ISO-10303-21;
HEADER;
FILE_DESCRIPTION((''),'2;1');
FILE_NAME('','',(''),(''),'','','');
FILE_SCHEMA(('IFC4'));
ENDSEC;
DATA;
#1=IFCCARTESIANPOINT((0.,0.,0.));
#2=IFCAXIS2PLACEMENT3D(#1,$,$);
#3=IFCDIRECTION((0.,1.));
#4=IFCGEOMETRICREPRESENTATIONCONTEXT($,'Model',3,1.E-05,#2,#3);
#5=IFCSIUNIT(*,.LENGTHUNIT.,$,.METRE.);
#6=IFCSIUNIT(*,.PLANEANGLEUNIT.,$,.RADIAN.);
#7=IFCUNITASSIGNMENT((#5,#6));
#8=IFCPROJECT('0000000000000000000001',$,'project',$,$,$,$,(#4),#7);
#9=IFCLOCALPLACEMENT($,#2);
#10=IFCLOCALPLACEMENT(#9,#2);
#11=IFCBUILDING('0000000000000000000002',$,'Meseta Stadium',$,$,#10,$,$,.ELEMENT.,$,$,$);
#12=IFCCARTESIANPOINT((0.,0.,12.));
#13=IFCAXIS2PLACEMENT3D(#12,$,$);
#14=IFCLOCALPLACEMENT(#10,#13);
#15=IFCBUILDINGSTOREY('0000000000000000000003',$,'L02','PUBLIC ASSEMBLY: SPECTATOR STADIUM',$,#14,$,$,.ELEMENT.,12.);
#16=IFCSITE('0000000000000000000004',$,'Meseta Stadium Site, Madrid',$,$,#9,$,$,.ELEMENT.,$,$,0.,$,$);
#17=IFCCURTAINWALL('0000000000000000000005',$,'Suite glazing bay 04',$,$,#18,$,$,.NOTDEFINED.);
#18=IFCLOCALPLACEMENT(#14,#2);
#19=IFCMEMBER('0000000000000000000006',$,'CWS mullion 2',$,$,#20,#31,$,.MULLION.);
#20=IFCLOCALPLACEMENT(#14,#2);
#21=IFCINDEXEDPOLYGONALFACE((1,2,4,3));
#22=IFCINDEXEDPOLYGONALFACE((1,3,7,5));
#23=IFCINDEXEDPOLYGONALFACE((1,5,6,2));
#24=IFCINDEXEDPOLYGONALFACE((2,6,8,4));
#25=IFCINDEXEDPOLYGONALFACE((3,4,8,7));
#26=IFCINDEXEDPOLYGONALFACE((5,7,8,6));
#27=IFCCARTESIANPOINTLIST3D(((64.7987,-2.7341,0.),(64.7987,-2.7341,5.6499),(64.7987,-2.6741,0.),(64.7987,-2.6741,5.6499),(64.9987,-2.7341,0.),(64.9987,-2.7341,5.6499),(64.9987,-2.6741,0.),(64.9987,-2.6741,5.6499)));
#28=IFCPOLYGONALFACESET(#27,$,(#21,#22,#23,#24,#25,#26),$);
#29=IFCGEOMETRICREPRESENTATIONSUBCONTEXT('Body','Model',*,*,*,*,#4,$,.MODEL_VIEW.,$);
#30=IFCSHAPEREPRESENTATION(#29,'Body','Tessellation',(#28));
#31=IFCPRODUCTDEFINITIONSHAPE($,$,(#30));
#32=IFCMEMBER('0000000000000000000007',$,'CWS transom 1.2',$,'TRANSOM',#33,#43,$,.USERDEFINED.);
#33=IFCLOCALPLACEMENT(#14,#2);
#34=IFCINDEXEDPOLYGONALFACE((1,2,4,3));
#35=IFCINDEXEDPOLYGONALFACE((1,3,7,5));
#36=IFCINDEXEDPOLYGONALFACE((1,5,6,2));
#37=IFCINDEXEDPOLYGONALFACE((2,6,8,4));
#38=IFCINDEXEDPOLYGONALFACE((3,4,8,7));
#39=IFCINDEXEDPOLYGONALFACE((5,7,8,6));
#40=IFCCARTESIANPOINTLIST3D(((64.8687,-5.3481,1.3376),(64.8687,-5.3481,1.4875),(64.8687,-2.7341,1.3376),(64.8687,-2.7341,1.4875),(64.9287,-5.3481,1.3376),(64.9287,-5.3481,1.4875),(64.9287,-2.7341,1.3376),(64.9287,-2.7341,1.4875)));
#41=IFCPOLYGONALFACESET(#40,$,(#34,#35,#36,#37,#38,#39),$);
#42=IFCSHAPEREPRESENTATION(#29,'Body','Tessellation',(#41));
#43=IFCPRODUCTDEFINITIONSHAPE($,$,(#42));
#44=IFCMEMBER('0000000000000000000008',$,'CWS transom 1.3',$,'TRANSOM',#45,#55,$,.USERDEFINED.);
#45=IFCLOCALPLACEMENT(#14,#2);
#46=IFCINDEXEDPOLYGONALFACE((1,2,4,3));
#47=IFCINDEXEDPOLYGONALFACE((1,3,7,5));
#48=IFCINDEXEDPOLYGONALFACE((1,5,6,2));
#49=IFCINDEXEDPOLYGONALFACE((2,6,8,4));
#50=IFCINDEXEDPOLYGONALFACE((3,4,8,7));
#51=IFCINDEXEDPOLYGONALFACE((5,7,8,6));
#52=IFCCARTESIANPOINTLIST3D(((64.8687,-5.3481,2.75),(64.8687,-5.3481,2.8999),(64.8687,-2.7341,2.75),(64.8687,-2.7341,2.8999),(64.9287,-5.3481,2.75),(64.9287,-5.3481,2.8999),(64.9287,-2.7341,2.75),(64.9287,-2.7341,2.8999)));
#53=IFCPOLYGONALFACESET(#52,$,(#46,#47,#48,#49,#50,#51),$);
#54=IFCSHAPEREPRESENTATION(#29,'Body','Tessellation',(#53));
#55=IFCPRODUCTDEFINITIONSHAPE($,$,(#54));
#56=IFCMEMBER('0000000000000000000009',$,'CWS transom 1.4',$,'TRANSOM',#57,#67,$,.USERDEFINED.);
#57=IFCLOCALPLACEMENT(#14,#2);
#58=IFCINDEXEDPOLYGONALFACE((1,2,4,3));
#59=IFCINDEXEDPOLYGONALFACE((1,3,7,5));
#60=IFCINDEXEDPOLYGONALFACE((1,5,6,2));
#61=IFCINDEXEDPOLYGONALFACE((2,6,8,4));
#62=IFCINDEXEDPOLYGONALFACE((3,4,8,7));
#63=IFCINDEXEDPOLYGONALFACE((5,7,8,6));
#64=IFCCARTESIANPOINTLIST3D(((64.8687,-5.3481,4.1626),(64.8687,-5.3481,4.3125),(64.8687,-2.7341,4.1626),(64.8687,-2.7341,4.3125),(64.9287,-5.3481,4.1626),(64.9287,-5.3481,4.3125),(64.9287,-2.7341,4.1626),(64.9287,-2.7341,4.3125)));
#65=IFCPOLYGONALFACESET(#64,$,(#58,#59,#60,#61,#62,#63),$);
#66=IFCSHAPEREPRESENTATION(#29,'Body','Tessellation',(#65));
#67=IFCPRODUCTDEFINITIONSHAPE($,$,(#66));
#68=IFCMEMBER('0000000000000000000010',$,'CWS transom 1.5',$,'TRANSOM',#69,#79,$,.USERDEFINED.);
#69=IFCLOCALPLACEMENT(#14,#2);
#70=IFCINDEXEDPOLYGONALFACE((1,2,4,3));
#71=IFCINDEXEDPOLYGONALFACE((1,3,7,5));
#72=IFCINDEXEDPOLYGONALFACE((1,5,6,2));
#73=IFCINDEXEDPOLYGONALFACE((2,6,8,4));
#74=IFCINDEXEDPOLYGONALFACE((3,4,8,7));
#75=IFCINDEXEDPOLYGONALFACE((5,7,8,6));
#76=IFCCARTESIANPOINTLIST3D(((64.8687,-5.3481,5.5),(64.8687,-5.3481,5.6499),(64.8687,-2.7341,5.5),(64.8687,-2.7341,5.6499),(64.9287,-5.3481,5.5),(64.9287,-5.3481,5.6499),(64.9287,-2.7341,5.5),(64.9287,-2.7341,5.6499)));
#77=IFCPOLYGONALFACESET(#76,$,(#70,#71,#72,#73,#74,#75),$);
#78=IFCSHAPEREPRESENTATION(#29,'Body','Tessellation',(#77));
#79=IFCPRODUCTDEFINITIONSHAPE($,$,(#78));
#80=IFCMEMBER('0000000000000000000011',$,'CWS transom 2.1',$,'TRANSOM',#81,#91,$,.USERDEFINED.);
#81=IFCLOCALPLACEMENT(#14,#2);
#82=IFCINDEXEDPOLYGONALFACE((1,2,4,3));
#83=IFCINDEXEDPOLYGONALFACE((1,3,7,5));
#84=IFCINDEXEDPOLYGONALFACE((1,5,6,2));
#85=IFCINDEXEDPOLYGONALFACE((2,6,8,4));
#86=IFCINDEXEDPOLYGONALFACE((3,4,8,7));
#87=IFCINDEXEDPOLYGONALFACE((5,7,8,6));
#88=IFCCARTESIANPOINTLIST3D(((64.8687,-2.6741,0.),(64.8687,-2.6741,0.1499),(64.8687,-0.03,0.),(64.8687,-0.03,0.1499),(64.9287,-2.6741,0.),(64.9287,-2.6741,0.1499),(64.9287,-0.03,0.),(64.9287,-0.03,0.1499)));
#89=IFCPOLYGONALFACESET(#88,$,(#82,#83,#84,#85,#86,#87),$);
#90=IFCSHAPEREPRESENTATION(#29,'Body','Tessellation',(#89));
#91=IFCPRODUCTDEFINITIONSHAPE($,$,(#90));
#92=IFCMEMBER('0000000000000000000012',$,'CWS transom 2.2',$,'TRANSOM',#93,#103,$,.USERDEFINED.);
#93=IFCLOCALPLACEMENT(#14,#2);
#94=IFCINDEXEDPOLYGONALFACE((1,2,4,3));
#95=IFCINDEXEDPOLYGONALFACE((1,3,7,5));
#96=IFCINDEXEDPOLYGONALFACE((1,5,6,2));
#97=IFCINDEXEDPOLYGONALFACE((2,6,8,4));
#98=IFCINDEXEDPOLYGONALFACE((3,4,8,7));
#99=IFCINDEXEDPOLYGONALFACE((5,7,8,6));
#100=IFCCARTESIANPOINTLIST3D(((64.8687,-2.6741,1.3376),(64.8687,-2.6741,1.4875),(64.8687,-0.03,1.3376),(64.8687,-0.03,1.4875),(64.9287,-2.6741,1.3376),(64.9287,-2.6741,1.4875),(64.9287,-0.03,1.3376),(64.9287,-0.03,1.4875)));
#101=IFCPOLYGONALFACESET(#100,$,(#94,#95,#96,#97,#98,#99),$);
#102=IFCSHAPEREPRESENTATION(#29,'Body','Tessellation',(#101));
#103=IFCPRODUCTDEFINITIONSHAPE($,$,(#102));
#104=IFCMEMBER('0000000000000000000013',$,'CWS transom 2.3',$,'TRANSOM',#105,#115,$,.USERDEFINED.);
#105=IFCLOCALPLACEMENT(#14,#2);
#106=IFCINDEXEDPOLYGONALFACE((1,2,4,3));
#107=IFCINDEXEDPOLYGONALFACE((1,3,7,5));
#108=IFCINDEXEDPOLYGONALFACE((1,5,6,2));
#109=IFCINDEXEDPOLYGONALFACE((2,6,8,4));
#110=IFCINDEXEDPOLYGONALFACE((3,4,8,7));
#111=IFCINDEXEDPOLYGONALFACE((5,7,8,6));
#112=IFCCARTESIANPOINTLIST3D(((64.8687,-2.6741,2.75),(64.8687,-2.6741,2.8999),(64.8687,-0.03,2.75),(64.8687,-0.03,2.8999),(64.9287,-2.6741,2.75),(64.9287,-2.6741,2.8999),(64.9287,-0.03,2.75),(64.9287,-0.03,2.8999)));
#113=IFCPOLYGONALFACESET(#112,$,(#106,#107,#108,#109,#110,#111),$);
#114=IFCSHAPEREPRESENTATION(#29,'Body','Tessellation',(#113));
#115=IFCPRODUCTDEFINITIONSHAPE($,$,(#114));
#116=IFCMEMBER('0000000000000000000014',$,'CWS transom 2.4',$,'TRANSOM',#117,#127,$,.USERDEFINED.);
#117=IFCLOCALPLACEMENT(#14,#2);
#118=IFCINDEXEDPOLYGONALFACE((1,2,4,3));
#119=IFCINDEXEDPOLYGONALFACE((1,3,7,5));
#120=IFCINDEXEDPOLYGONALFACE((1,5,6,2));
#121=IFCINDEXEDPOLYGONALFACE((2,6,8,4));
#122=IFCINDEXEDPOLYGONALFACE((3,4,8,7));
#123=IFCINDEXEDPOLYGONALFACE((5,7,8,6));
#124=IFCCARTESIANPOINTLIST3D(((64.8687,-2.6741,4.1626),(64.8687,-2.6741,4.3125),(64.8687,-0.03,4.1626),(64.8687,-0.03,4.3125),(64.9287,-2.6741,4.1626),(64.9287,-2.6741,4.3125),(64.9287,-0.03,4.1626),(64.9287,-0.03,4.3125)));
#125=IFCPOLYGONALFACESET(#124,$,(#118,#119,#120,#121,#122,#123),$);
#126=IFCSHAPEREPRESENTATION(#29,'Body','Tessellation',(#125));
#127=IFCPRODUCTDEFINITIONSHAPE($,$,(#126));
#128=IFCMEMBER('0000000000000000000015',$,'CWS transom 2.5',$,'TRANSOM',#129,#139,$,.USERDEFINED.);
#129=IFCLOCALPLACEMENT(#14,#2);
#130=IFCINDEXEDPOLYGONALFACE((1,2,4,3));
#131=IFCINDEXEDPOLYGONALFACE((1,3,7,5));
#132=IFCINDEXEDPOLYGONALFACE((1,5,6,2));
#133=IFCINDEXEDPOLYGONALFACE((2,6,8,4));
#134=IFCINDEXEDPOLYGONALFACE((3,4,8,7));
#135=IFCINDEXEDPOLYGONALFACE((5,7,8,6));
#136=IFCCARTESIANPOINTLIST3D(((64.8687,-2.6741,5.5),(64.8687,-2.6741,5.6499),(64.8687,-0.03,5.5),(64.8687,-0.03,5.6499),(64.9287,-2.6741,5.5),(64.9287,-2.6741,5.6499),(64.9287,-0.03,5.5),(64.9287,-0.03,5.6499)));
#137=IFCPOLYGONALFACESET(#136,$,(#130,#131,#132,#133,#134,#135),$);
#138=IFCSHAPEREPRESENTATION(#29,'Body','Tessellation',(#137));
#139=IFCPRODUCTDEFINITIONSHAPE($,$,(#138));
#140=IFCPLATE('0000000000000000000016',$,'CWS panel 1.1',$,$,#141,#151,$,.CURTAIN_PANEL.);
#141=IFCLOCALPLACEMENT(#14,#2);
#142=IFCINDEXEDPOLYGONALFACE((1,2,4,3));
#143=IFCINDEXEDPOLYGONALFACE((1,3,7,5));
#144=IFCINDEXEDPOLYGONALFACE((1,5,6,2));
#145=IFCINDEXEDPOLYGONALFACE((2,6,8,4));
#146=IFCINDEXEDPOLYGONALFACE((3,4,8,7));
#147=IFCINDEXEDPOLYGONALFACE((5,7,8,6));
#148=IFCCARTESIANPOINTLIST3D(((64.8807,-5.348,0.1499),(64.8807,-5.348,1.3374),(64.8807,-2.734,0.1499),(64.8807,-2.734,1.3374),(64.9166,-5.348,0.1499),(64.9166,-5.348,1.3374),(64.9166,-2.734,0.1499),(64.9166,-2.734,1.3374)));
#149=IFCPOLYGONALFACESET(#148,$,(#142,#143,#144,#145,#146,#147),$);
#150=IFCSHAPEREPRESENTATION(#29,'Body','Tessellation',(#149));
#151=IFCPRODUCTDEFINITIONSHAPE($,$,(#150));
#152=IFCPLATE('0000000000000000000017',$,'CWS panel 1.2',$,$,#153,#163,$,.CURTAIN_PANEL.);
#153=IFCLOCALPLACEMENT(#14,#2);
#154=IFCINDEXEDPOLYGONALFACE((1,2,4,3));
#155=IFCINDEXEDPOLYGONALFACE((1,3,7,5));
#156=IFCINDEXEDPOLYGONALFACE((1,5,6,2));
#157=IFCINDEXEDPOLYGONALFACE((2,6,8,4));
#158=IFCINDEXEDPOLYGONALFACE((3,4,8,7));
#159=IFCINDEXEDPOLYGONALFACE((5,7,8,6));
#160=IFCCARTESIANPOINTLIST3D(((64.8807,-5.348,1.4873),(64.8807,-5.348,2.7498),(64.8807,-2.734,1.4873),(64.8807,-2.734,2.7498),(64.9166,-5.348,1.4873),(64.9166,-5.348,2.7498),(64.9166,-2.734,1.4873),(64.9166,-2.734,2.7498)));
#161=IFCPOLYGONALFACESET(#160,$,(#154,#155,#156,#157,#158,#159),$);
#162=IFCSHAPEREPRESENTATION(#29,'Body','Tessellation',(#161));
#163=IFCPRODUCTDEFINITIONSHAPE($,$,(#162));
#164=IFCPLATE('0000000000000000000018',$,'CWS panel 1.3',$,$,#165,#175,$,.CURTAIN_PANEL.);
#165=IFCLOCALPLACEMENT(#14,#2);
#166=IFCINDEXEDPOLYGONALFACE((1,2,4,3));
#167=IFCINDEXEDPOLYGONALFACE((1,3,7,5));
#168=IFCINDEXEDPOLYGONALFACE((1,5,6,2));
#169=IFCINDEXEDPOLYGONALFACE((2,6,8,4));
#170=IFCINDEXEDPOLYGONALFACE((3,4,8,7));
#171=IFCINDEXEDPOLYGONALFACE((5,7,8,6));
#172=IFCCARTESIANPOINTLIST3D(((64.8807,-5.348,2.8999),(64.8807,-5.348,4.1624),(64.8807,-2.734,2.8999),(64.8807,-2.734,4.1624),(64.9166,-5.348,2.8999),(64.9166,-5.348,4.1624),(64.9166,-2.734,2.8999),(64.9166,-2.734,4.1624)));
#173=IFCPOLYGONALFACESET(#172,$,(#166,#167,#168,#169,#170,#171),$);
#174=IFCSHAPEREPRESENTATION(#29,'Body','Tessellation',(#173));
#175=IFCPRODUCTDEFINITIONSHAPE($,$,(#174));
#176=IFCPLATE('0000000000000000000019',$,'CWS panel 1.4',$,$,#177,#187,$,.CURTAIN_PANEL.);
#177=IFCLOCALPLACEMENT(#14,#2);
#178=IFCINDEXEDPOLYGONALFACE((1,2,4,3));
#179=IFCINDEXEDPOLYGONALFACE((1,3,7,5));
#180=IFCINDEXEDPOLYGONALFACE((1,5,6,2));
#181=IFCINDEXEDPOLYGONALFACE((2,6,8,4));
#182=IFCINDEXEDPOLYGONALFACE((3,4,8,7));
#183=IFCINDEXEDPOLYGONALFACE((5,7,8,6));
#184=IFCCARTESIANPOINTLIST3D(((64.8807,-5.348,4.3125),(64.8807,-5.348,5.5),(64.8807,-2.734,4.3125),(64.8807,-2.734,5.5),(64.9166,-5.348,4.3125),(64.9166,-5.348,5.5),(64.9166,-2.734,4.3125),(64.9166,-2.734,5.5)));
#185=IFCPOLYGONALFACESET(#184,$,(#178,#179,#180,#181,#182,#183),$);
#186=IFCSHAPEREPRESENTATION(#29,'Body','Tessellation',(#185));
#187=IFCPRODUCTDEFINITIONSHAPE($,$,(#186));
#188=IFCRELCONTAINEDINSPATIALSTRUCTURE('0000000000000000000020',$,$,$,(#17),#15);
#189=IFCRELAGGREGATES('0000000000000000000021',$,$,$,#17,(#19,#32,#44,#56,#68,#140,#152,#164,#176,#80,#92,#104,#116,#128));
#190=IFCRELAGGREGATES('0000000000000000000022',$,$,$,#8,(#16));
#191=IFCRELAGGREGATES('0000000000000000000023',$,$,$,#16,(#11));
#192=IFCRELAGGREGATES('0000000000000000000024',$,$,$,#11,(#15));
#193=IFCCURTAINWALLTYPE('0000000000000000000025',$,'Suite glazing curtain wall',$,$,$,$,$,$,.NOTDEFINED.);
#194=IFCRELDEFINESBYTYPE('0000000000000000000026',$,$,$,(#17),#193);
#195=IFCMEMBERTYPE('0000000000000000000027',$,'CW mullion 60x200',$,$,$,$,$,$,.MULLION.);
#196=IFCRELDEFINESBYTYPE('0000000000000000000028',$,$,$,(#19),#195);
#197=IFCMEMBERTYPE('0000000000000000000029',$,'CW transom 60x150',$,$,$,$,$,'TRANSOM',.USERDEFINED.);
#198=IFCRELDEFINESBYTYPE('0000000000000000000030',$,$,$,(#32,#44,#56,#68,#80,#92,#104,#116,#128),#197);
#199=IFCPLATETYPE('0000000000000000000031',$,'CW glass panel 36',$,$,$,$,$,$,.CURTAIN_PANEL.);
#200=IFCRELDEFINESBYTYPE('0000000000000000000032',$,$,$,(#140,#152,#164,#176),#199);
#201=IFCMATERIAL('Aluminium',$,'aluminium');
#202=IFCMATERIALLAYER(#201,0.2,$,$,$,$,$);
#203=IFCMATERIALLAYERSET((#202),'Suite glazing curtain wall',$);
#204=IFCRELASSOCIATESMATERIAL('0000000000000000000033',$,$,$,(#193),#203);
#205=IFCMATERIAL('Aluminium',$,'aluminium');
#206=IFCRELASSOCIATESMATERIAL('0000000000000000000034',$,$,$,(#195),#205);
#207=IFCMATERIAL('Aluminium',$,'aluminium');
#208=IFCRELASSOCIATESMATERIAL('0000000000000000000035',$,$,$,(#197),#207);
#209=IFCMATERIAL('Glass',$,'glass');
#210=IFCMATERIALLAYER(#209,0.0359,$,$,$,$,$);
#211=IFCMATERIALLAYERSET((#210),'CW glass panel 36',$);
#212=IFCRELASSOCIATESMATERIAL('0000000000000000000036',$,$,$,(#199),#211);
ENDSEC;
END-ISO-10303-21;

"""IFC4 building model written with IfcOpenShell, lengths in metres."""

from ifc_helpers import new_model, si_unit, direction, frame, origin, origin_2d, place, context, subcontext, project, spatial, rectangle, extrude, material, layer, layer_set, material_profile, profile_set, type_object, element, aggregate, save


model = new_model("IFC4")

# Units and contexts
model_context = context("Model", 3, precision=1e-05, world=origin(), true_north=direction((0.0, 1.0)))
body_context = subcontext(model_context, "Body", "Model", "MODEL_VIEW")
ifc_project = project(units=[si_unit("LENGTHUNIT", "METRE"), si_unit("PLANEANGLEUNIT", "RADIAN")], contexts=[model_context])

# Site, building, storey
site_placement = place(None, origin())
site = spatial("IfcSite", under=ifc_project, at=site_placement, Name="Meseta Stadium Site, Madrid", CompositionType="ELEMENT", RefElevation=0.0)
building_placement = place(site_placement, origin())
building = spatial("IfcBuilding", under=site, at=building_placement, Name="Meseta Stadium", CompositionType="ELEMENT")
storey_placement = place(building_placement, frame((0.0, 0.0, 12.0)))
storey = spatial("IfcBuildingStorey", under=building, at=storey_placement, Name="L02", Description="PUBLIC ASSEMBLY: SPECTATOR STADIUM", CompositionType="ELEMENT", Elevation=12.0)

# Curtain wall, members, plates
ifc_material_1 = material(Name="Aluminium", Category="aluminium")
ifc_layer_1 = layer(ifc_material_1, 0.2)
ifc_layer_set_1 = layer_set([ifc_layer_1], Name="Suite glazing curtain wall")
curtain_wall_type = type_object("IfcCurtainWallType", Name="Suite glazing curtain wall", PredefinedType="NOTDEFINED", material=ifc_layer_set_1)
curtain_wall_placement = place(storey_placement, origin())
curtain_wall = element("IfcCurtainWall", 1, at=curtain_wall_placement, inside=storey, type_object=curtain_wall_type, Name="Suite glazing bay 04", PredefinedType="NOTDEFINED")
ifc_material_2 = material(Name="Aluminium", Category="aluminium")
ifc_material_profile_1 = material_profile(ifc_material_2, rectangle(XDim=0.2, YDim=0.0601, at=origin_2d()), Name="CW 200x60")
ifc_profile_set_1 = profile_set([ifc_material_profile_1], Name="Aluminium")
member_type_1 = type_object("IfcMemberType", Name="CW mullion 60x200", PredefinedType="MULLION", material=ifc_profile_set_1)
member_1_placement = place(storey_placement, frame((64.8987, -2.7041, 0.0), z_axis=(0.0, 0.0, 1.0), x_axis=(-1.0, 0.0, 0.0)))
member_1 = element("IfcMember", 2, at=member_1_placement, type_object=member_type_1, Name="CWS mullion 2", PredefinedType="MULLION", context=body_context, shape_type="SweptSolid", body=[
    extrude(rectangle(XDim=0.2, YDim=0.0601, at=origin_2d()), origin(), (0.0, 0.0, 1.0), 5.6499),
])
ifc_material_3 = material(Name="Aluminium", Category="aluminium")
ifc_material_profile_2 = material_profile(ifc_material_3, rectangle(XDim=0.0601, YDim=0.1499, at=origin_2d()), Name="CW 60x150")
ifc_profile_set_2 = profile_set([ifc_material_profile_2], Name="Aluminium")
member_type_2 = type_object("IfcMemberType", Name="CW transom 60x150", ElementType="TRANSOM", PredefinedType="USERDEFINED", material=ifc_profile_set_2)
member_2_placement = place(storey_placement, frame((64.8987, -5.3481, 1.4126), z_axis=(0.0, 1.0, 0.0), x_axis=(-1.0, 0.0, 0.0)))
member_2 = element("IfcMember", 3, at=member_2_placement, type_object=member_type_2, Name="CWS transom 1.2", ObjectType="TRANSOM", PredefinedType="USERDEFINED", context=body_context, shape_type="SweptSolid", body=[
    extrude(rectangle(XDim=0.0601, YDim=0.1499, at=origin_2d()), origin(), (0.0, 0.0, 1.0), 2.614),
])
member_3_placement = place(storey_placement, frame((64.8987, -5.3481, 2.825), z_axis=(0.0, 1.0, 0.0), x_axis=(-1.0, 0.0, 0.0)))
member_3 = element("IfcMember", 4, at=member_3_placement, type_object=member_type_2, Name="CWS transom 1.3", ObjectType="TRANSOM", PredefinedType="USERDEFINED", context=body_context, shape_type="SweptSolid", body=[
    extrude(rectangle(XDim=0.0601, YDim=0.1499, at=origin_2d()), origin(), (0.0, 0.0, 1.0), 2.614),
])
member_4_placement = place(storey_placement, frame((64.8987, -5.3481, 4.2375), z_axis=(0.0, 1.0, 0.0), x_axis=(-1.0, 0.0, 0.0)))
member_4 = element("IfcMember", 5, at=member_4_placement, type_object=member_type_2, Name="CWS transom 1.4", ObjectType="TRANSOM", PredefinedType="USERDEFINED", context=body_context, shape_type="SweptSolid", body=[
    extrude(rectangle(XDim=0.0601, YDim=0.1499, at=origin_2d()), origin(), (0.0, 0.0, 1.0), 2.614),
])
member_5_placement = place(storey_placement, frame((64.8987, -5.3481, 5.575), z_axis=(0.0, 1.0, 0.0), x_axis=(-1.0, 0.0, 0.0)))
member_5 = element("IfcMember", 6, at=member_5_placement, type_object=member_type_2, Name="CWS transom 1.5", ObjectType="TRANSOM", PredefinedType="USERDEFINED", context=body_context, shape_type="SweptSolid", body=[
    extrude(rectangle(XDim=0.0601, YDim=0.1499, at=origin_2d()), origin(), (0.0, 0.0, 1.0), 2.614),
])
member_6_placement = place(storey_placement, frame((64.8987, -2.6741, 0.075), z_axis=(0.0, 1.0, 0.0), x_axis=(-1.0, 0.0, 0.0)))
member_6 = element("IfcMember", 7, at=member_6_placement, type_object=member_type_2, Name="CWS transom 2.1", ObjectType="TRANSOM", PredefinedType="USERDEFINED", context=body_context, shape_type="SweptSolid", body=[
    extrude(rectangle(XDim=0.0601, YDim=0.1499, at=origin_2d()), origin(), (0.0, 0.0, 1.0), 2.644),
])
member_7_placement = place(storey_placement, frame((64.8987, -2.6741, 1.4126), z_axis=(0.0, 1.0, 0.0), x_axis=(-1.0, 0.0, 0.0)))
member_7 = element("IfcMember", 8, at=member_7_placement, type_object=member_type_2, Name="CWS transom 2.2", ObjectType="TRANSOM", PredefinedType="USERDEFINED", context=body_context, shape_type="SweptSolid", body=[
    extrude(rectangle(XDim=0.0601, YDim=0.1499, at=origin_2d()), origin(), (0.0, 0.0, 1.0), 2.644),
])
member_8_placement = place(storey_placement, frame((64.8987, -2.6741, 2.825), z_axis=(0.0, 1.0, 0.0), x_axis=(-1.0, 0.0, 0.0)))
member_8 = element("IfcMember", 9, at=member_8_placement, type_object=member_type_2, Name="CWS transom 2.3", ObjectType="TRANSOM", PredefinedType="USERDEFINED", context=body_context, shape_type="SweptSolid", body=[
    extrude(rectangle(XDim=0.0601, YDim=0.1499, at=origin_2d()), origin(), (0.0, 0.0, 1.0), 2.644),
])
member_9_placement = place(storey_placement, frame((64.8987, -2.6741, 4.2375), z_axis=(0.0, 1.0, 0.0), x_axis=(-1.0, 0.0, 0.0)))
member_9 = element("IfcMember", 10, at=member_9_placement, type_object=member_type_2, Name="CWS transom 2.4", ObjectType="TRANSOM", PredefinedType="USERDEFINED", context=body_context, shape_type="SweptSolid", body=[
    extrude(rectangle(XDim=0.0601, YDim=0.1499, at=origin_2d()), origin(), (0.0, 0.0, 1.0), 2.644),
])
member_10_placement = place(storey_placement, frame((64.8987, -2.6741, 5.575), z_axis=(0.0, 1.0, 0.0), x_axis=(-1.0, 0.0, 0.0)))
member_10 = element("IfcMember", 11, at=member_10_placement, type_object=member_type_2, Name="CWS transom 2.5", ObjectType="TRANSOM", PredefinedType="USERDEFINED", context=body_context, shape_type="SweptSolid", body=[
    extrude(rectangle(XDim=0.0601, YDim=0.1499, at=origin_2d()), origin(), (0.0, 0.0, 1.0), 2.644),
])
ifc_material_4 = material(Name="Glass", Category="glass")
ifc_layer_2 = layer(ifc_material_4, 0.0359)
ifc_layer_set_2 = layer_set([ifc_layer_2], Name="CW glass panel 36")
plate_type = type_object("IfcPlateType", Name="CW glass panel 36", PredefinedType="CURTAIN_PANEL", material=ifc_layer_set_2)
plate_1_placement = place(storey_placement, frame((64.8987, -4.041, 0.1499), z_axis=(0.0, 0.0, 1.0), x_axis=(0.0, 1.0, 0.0)))
plate_1 = element("IfcPlate", 12, at=plate_1_placement, type_object=plate_type, Name="CWS panel 1.1", PredefinedType="CURTAIN_PANEL", context=body_context, shape_type="SweptSolid", body=[
    extrude(rectangle(XDim=2.614, YDim=0.0359, at=origin_2d()), origin(), (0.0, 0.0, 1.0), 1.1875),
])
plate_2_placement = place(storey_placement, frame((64.8987, -4.041, 1.4873), z_axis=(0.0, 0.0, 1.0), x_axis=(0.0, 1.0, 0.0)))
plate_2 = element("IfcPlate", 13, at=plate_2_placement, type_object=plate_type, Name="CWS panel 1.2", PredefinedType="CURTAIN_PANEL", context=body_context, shape_type="SweptSolid", body=[
    extrude(rectangle(XDim=2.614, YDim=0.0359, at=origin_2d()), origin(), (0.0, 0.0, 1.0), 1.2625),
])
plate_3_placement = place(storey_placement, frame((64.8987, -4.041, 2.8999), z_axis=(0.0, 0.0, 1.0), x_axis=(0.0, 1.0, 0.0)))
plate_3 = element("IfcPlate", 14, at=plate_3_placement, type_object=plate_type, Name="CWS panel 1.3", PredefinedType="CURTAIN_PANEL", context=body_context, shape_type="SweptSolid", body=[
    extrude(rectangle(XDim=2.614, YDim=0.0359, at=origin_2d()), origin(), (0.0, 0.0, 1.0), 1.2625),
])
plate_4_placement = place(storey_placement, frame((64.8987, -4.041, 4.3125), z_axis=(0.0, 0.0, 1.0), x_axis=(0.0, 1.0, 0.0)))
plate_4 = element("IfcPlate", 15, at=plate_4_placement, type_object=plate_type, Name="CWS panel 1.4", PredefinedType="CURTAIN_PANEL", context=body_context, shape_type="SweptSolid", body=[
    extrude(rectangle(XDim=2.614, YDim=0.0359, at=origin_2d()), origin(), (0.0, 0.0, 1.0), 1.1875),
])
aggregate(curtain_wall, [member_1, member_2, member_3, member_4, member_5, plate_1, plate_2, plate_3, plate_4, member_6, member_7, member_8, member_9, member_10])

save(model, "model.ifc")
